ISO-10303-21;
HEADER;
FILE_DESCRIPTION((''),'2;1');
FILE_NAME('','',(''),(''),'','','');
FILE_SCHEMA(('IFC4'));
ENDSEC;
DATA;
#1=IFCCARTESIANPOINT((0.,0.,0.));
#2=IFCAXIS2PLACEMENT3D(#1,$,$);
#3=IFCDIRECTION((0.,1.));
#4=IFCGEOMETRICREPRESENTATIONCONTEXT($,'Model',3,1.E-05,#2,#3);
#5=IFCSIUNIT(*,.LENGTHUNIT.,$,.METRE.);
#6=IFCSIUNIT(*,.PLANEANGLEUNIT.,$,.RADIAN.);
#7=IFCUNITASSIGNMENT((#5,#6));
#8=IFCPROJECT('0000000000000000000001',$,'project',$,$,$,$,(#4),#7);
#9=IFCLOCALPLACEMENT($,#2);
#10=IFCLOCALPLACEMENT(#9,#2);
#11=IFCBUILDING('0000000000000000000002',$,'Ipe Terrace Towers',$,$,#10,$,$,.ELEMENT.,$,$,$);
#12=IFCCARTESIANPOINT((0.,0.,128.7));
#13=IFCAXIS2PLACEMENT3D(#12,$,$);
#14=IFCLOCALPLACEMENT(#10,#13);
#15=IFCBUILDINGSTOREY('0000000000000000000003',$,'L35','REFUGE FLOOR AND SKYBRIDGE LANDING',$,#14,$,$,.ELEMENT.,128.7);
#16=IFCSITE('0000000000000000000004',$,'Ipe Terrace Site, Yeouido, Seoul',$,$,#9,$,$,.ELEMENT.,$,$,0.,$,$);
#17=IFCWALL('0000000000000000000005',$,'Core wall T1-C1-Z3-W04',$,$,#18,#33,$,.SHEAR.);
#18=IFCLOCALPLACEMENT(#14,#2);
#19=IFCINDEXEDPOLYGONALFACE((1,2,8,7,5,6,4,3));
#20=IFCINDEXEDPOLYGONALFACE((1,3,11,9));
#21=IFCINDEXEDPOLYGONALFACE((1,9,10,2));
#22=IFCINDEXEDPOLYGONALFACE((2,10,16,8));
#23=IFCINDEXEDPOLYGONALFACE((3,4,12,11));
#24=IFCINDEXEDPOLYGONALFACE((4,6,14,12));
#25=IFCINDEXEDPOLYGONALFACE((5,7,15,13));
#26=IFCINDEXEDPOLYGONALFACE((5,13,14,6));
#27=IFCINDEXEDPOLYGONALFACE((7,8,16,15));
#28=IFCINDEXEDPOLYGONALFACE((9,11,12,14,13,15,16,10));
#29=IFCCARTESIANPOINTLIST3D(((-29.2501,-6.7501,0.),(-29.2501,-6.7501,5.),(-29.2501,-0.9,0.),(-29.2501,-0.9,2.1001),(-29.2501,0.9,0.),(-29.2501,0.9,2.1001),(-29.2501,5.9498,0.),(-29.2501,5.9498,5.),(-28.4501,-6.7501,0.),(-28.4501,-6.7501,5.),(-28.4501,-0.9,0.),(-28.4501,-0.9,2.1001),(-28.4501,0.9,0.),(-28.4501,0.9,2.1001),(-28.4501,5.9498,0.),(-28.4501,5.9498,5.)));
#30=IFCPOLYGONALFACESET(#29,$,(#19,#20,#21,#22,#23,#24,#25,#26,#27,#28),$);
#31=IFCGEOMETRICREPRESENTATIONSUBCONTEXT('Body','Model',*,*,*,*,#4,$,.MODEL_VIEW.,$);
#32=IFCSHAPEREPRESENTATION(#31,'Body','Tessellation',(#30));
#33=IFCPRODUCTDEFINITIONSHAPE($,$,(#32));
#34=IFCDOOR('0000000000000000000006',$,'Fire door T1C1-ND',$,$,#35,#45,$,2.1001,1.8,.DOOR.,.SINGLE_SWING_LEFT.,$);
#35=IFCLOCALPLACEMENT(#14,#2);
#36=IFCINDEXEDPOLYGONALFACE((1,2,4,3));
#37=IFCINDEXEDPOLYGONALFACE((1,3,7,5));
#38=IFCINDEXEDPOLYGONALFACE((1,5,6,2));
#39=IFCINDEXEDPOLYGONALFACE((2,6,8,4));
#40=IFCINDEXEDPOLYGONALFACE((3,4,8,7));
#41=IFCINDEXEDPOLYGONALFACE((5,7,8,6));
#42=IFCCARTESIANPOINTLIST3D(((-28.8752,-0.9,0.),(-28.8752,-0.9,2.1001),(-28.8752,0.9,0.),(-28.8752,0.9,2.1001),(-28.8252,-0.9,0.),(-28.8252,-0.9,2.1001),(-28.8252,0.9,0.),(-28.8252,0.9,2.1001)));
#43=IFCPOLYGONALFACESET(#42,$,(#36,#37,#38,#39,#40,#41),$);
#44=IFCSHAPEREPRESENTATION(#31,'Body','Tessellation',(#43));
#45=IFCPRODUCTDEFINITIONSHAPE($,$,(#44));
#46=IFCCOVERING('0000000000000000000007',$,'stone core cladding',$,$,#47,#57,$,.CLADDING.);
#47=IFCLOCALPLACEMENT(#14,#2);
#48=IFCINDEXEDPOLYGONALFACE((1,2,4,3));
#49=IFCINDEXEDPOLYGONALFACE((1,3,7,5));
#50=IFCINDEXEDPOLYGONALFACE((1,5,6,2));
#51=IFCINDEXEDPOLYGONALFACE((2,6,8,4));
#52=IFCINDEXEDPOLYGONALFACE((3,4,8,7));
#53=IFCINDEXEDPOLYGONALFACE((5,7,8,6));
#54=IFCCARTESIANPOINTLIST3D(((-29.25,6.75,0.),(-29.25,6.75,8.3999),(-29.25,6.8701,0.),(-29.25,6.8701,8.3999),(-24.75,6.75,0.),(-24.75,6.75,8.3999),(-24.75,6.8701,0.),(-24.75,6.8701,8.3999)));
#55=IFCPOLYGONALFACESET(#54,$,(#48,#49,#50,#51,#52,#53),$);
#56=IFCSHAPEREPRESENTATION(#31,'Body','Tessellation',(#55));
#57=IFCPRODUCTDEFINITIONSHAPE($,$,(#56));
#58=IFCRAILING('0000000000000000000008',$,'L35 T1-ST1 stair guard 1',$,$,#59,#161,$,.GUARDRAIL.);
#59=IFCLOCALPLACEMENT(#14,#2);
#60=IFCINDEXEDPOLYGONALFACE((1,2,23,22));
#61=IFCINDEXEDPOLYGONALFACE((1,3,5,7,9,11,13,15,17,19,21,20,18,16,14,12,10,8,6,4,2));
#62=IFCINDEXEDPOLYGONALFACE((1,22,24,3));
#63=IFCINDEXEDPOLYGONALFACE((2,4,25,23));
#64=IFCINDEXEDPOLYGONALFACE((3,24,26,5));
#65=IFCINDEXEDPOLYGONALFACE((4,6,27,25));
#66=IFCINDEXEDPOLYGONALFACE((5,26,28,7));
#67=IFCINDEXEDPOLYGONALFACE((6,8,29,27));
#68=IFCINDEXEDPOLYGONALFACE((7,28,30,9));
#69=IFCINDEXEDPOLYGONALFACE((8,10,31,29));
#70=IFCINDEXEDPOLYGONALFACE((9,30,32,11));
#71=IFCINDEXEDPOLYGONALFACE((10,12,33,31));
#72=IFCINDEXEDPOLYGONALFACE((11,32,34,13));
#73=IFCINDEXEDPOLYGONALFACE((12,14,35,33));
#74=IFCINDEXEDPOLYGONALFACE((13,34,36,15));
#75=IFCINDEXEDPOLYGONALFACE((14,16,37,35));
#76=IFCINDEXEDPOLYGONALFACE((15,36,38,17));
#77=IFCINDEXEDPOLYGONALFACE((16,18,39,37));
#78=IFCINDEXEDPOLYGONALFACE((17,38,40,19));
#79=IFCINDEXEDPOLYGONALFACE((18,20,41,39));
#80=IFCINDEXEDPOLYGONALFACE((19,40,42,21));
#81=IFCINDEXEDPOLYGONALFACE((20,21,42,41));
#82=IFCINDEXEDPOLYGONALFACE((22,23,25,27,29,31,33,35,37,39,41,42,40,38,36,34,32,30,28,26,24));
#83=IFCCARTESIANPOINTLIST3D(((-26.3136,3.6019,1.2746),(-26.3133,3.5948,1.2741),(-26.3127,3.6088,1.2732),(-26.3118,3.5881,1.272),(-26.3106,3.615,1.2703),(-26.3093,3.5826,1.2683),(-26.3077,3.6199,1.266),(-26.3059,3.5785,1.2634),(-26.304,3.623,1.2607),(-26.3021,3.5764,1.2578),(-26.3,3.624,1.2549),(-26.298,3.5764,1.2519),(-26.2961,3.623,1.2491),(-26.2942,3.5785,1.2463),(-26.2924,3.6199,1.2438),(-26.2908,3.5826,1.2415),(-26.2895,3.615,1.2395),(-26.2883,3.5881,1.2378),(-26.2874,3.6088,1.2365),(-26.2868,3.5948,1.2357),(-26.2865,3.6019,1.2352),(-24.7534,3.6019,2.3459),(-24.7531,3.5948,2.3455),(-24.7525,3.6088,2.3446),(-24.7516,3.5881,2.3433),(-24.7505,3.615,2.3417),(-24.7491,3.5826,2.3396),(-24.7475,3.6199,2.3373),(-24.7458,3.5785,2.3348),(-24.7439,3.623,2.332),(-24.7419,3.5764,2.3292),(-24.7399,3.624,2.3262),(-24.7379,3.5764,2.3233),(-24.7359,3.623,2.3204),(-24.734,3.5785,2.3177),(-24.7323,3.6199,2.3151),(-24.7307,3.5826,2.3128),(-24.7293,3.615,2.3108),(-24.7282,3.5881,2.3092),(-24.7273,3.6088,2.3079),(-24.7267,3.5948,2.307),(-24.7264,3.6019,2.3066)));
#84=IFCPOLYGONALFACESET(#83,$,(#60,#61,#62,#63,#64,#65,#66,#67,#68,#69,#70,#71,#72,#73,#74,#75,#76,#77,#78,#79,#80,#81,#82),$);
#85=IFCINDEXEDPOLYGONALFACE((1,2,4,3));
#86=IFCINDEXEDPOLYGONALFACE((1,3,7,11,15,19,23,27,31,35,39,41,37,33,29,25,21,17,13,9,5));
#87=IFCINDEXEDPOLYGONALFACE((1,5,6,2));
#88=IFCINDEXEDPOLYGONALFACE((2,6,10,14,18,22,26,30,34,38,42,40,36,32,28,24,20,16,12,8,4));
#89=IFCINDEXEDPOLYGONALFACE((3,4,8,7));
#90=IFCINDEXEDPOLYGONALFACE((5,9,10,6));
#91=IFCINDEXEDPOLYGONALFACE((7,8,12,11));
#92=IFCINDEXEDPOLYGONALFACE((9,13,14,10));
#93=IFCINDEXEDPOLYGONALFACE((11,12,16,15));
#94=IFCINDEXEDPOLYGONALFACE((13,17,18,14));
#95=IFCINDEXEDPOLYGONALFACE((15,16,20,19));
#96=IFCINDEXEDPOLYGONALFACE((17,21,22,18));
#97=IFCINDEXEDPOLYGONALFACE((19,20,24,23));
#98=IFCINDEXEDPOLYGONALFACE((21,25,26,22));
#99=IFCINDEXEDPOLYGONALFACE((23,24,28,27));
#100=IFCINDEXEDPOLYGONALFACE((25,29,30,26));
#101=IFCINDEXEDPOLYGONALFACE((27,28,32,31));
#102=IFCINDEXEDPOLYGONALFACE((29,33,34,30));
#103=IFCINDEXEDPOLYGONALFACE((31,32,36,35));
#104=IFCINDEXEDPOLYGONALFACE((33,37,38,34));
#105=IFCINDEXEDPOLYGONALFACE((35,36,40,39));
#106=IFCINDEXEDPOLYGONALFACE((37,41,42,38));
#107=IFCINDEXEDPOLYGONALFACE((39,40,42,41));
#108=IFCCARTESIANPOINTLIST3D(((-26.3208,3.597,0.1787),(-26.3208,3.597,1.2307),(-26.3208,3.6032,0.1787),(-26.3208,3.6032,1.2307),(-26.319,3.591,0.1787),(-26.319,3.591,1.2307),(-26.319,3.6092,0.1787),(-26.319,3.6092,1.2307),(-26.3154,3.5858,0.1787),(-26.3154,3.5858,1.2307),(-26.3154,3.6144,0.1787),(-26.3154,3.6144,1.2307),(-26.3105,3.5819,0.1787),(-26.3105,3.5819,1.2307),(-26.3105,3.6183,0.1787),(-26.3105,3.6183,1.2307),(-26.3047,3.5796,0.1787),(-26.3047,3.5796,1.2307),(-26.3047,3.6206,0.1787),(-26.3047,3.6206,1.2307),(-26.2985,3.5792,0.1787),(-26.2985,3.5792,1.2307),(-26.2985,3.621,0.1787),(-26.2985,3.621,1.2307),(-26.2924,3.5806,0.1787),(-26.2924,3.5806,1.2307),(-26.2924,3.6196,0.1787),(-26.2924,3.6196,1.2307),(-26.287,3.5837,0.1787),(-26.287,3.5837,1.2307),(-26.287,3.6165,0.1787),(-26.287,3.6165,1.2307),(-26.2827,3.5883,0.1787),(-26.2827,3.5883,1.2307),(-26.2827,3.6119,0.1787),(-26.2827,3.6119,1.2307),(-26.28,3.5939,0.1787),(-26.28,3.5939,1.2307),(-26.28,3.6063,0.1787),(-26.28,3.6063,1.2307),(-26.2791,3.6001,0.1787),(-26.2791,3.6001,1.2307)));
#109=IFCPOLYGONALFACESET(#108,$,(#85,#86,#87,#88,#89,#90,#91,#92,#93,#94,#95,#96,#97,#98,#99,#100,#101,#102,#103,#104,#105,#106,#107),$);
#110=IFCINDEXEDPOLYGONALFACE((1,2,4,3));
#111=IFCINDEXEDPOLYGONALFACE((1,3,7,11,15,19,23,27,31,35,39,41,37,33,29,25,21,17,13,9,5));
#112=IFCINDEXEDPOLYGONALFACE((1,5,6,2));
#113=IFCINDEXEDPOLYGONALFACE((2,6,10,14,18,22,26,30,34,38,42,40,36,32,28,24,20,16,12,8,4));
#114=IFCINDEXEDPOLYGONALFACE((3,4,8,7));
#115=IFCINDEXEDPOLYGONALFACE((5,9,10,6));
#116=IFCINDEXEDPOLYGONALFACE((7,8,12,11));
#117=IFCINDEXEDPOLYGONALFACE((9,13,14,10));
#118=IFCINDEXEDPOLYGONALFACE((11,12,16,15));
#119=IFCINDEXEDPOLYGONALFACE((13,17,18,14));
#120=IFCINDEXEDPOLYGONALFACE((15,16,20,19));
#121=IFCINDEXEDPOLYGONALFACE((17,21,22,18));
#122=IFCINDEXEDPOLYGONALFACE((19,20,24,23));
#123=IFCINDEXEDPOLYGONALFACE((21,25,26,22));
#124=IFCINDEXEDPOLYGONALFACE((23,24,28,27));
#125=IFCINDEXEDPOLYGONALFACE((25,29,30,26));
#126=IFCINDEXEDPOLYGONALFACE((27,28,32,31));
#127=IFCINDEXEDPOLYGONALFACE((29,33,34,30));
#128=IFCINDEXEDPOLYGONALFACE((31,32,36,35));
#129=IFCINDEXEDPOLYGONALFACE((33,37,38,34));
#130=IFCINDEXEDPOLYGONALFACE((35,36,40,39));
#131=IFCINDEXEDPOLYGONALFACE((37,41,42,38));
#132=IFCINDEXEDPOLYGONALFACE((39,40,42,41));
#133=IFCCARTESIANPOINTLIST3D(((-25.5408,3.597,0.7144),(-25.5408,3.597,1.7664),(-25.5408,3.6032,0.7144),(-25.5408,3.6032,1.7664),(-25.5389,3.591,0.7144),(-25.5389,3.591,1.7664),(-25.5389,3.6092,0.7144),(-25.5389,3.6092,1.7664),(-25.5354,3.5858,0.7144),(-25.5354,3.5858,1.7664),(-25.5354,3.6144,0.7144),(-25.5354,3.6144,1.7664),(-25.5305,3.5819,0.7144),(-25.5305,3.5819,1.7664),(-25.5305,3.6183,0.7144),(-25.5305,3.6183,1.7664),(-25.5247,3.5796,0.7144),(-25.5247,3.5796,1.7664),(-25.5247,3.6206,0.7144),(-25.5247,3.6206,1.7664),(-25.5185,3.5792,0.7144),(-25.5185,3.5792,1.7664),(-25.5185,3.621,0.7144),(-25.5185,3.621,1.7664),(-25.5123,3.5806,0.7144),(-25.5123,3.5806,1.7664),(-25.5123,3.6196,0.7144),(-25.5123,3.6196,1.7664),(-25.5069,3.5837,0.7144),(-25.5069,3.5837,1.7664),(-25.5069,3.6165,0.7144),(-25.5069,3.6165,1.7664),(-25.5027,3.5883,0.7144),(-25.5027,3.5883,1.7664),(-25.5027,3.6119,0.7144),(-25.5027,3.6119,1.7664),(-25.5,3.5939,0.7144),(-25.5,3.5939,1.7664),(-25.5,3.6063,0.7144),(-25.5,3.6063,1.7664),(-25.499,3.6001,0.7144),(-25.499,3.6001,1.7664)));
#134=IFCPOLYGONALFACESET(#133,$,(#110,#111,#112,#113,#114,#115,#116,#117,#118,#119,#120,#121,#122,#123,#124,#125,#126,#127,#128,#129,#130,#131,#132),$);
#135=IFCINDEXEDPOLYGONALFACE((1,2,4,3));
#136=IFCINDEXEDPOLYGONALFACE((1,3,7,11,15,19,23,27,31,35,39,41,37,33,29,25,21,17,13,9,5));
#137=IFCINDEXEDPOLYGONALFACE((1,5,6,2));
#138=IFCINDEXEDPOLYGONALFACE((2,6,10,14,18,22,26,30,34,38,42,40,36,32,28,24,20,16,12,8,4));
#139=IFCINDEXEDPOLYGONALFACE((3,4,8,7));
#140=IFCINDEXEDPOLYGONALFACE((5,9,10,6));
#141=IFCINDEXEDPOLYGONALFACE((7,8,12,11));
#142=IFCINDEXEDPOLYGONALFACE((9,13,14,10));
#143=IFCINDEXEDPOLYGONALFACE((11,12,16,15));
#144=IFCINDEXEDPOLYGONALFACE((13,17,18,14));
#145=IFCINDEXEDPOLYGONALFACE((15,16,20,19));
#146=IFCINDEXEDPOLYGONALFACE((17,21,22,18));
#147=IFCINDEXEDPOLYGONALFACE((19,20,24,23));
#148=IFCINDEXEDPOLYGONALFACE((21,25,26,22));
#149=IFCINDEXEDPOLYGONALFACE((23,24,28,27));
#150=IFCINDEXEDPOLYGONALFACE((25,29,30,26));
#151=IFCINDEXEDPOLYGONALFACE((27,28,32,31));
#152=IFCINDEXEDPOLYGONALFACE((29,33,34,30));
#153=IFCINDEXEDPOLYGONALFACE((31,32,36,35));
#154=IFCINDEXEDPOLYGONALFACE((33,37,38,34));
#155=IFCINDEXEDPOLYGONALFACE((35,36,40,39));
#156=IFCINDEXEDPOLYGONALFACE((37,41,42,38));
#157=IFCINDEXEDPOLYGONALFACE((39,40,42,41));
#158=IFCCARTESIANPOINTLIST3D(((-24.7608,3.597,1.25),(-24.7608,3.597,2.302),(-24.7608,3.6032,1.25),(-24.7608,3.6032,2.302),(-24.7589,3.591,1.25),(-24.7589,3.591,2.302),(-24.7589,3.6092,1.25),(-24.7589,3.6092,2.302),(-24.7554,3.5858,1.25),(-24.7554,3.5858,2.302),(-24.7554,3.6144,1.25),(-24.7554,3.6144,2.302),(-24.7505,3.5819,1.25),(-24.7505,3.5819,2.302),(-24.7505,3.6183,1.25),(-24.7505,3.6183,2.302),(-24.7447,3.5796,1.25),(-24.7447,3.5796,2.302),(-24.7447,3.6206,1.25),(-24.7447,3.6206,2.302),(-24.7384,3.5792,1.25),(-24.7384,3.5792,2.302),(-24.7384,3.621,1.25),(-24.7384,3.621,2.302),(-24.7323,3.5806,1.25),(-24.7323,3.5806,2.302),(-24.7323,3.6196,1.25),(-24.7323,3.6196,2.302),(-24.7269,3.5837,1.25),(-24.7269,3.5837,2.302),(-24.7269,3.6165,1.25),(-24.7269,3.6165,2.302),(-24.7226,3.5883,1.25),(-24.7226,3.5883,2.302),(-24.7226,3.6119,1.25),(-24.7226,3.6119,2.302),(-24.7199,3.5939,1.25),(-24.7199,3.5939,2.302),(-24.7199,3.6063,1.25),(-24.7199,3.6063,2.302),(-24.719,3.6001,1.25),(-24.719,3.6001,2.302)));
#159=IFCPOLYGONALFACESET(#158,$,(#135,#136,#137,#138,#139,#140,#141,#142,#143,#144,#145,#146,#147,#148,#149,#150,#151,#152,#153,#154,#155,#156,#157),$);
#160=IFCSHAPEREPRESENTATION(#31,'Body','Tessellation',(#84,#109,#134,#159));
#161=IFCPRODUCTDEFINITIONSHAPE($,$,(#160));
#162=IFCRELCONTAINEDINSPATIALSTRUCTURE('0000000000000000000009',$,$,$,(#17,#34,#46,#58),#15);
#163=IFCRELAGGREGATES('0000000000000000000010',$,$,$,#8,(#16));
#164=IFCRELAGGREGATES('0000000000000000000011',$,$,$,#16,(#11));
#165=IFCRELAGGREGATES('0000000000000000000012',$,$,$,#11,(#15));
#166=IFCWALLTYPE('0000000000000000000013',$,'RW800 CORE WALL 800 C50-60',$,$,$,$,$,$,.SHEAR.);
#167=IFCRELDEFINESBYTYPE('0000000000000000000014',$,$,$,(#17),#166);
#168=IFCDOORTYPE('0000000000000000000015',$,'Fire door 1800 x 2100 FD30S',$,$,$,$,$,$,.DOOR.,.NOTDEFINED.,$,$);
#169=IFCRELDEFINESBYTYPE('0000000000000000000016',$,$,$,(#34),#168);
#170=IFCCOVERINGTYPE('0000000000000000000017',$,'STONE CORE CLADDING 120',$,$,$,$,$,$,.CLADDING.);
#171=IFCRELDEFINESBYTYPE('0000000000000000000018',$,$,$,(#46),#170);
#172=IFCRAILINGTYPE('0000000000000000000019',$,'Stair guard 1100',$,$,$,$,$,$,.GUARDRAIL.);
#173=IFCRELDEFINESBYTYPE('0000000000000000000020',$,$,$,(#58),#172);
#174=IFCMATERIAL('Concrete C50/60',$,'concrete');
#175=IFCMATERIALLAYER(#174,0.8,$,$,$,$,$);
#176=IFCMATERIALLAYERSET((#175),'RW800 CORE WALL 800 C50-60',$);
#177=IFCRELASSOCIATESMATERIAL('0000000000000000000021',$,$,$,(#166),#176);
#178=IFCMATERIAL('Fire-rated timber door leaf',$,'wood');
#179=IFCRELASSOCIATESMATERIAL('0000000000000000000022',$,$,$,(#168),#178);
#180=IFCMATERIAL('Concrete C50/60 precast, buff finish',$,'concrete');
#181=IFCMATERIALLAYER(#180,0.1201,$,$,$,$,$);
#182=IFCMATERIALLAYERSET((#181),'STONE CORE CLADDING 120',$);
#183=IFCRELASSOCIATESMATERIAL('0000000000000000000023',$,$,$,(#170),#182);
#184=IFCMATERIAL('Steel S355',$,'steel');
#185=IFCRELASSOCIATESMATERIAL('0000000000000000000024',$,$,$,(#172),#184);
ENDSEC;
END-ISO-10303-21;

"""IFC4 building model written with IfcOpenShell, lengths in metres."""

from ifc_helpers import new_model, si_unit, direction, frame, frame_2d, origin, origin_2d, place, context, subcontext, project, spatial, rectangle, circle, extrude, material, layer, layer_set, type_object, element, fill, save


model = new_model("IFC4")

# Units and contexts
model_context = context("Model", 3, precision=1e-05, world=origin(), true_north=direction((0.0, 1.0)))
body_context = subcontext(model_context, "Body", "Model", "MODEL_VIEW")
ifc_project = project(units=[si_unit("LENGTHUNIT", "METRE"), si_unit("PLANEANGLEUNIT", "RADIAN")], contexts=[model_context])

# Site, building, storey
site_placement = place(None, origin())
site = spatial("IfcSite", under=ifc_project, at=site_placement, Name="Ipe Terrace Site, Yeouido, Seoul", CompositionType="ELEMENT", RefElevation=0.0)
building_placement = place(site_placement, origin())
building = spatial("IfcBuilding", under=site, at=building_placement, Name="Ipe Terrace Towers", CompositionType="ELEMENT")
storey_placement = place(building_placement, frame((0.0, 0.0, 128.7)))
storey = spatial("IfcBuildingStorey", under=building, at=storey_placement, Name="L35", Description="REFUGE FLOOR AND SKYBRIDGE LANDING", CompositionType="ELEMENT", Elevation=128.7)

# Wall, opening, door
ifc_material_1 = material(Name="Concrete C50/60", Category="concrete")
ifc_layer_1 = layer(ifc_material_1, 0.8)
ifc_layer_set_1 = layer_set([ifc_layer_1], Name="RW800 CORE WALL 800 C50-60")
wall_type_1 = type_object("IfcWallType", Name="RW800 CORE WALL 800 C50-60", PredefinedType="SHEAR", material=ifc_layer_set_1)
wall_1_placement = place(storey_placement, frame((-28.8501, 5.95, 0.0), z_axis=(0.0, 0.0, 1.0), x_axis=(0.0, -1.0, 0.0)))
wall_1 = element("IfcWall", 1, at=wall_1_placement, inside=storey, type_object=wall_type_1, Name="Core wall T1-C1-Z3-W04", PredefinedType="SHEAR", context=body_context, shape_type="SweptSolid", body=[
    extrude(rectangle(XDim=12.7, YDim=0.8, at=frame_2d((6.3501, 0.0))), origin(), (0.0, 0.0, 1.0), 5.0),
])
opening_1_placement = place(wall_1_placement, frame((5.05, 0.0, 0.0)))
opening_1 = element("IfcOpeningElement", 2, at=opening_1_placement, cuts=wall_1, PredefinedType="OPENING", context=body_context, shape_type="SweptSolid", body=[
    extrude(rectangle(XDim=1.8, YDim=2.1001, at=frame_2d((0.8999, 1.05))), frame((0.0, 0.4102, 0.0), z_axis=(0.0, -1.0, 0.0), x_axis=(1.0, 0.0, 0.0)), (0.0, 0.0, 1.0), 0.8201),
])
ifc_material_2 = material(Name="Fire-rated timber door leaf", Category="wood")
door_type_1 = type_object("IfcDoorType", Name="Fire door 1800 x 2100 FD30S", OperationType="NOTDEFINED", PredefinedType="DOOR", material=ifc_material_2)
door_1_placement = place(opening_1_placement, origin())
door_1 = element("IfcDoor", 3, at=door_1_placement, inside=storey, type_object=door_type_1, Name="Fire door T1C1-ND", OperationType="SINGLE_SWING_LEFT", OverallHeight=2.1001, OverallWidth=1.8, PredefinedType="DOOR", context=body_context, shape_type="SweptSolid", body=[
    extrude(rectangle(XDim=1.8, YDim=2.1001, at=frame_2d((0.8999, 1.05))), frame((0.0, 0.0249, 0.0), z_axis=(0.0, -1.0, 0.0), x_axis=(1.0, 0.0, 0.0)), (0.0, 0.0, 1.0), 0.05),
])
fill(opening_1, door_1)

# Covering
ifc_material_3 = material(Name="Concrete C50/60 precast, buff finish", Category="concrete")
ifc_layer_2 = layer(ifc_material_3, 0.1201)
ifc_layer_set_2 = layer_set([ifc_layer_2], Name="STONE CORE CLADDING 120")
covering_type = type_object("IfcCoveringType", Name="STONE CORE CLADDING 120", PredefinedType="CLADDING", material=ifc_layer_set_2)
covering_placement = place(storey_placement, frame((-27.0, 6.8101, 0.0), z_axis=(0.0, 0.0, 1.0), x_axis=(-1.0, 0.0, 0.0)))
element("IfcCovering", 4, at=covering_placement, inside=storey, type_object=covering_type, Name="stone core cladding", PredefinedType="CLADDING", context=body_context, shape_type="SweptSolid", body=[
    extrude(rectangle(XDim=4.5, YDim=0.1201, at=origin_2d()), origin(), (0.0, 0.0, 1.0), 8.3999),
])

# Railing
ifc_material_4 = material(Name="Steel S355", Category="steel")
railing_type_1 = type_object("IfcRailingType", Name="Stair guard 1100", PredefinedType="GUARDRAIL", material=ifc_material_4)
railing_1_placement = place(storey_placement, frame((-26.3, 3.6001, 0.1787)))
element("IfcRailing", 5, at=railing_1_placement, inside=storey, type_object=railing_type_1, Name="L35 T1-ST1 stair guard 1", PredefinedType="GUARDRAIL", context=body_context, shape_type="SweptSolid", body=[
    extrude(circle(Radius=0.0239, at=origin_2d()), frame((0.0, 0.0, 1.0762), z_axis=(0.82435, 0.0, 0.56608), x_axis=(0.0, 1.0, 0.0)), (0.0, 0.0, 1.0), 1.8926),
    extrude(circle(Radius=0.021, at=origin_2d()), origin(), (0.0, 0.0, 1.0), 1.052),
    extrude(circle(Radius=0.021, at=origin_2d()), frame((0.78, 0.0, 0.5356)), (0.0, 0.0, 1.0), 1.052),
    extrude(circle(Radius=0.021, at=origin_2d()), frame((1.5601, 0.0, 1.0713)), (0.0, 0.0, 1.0), 1.052),
])

save(model, "model.ifc")
